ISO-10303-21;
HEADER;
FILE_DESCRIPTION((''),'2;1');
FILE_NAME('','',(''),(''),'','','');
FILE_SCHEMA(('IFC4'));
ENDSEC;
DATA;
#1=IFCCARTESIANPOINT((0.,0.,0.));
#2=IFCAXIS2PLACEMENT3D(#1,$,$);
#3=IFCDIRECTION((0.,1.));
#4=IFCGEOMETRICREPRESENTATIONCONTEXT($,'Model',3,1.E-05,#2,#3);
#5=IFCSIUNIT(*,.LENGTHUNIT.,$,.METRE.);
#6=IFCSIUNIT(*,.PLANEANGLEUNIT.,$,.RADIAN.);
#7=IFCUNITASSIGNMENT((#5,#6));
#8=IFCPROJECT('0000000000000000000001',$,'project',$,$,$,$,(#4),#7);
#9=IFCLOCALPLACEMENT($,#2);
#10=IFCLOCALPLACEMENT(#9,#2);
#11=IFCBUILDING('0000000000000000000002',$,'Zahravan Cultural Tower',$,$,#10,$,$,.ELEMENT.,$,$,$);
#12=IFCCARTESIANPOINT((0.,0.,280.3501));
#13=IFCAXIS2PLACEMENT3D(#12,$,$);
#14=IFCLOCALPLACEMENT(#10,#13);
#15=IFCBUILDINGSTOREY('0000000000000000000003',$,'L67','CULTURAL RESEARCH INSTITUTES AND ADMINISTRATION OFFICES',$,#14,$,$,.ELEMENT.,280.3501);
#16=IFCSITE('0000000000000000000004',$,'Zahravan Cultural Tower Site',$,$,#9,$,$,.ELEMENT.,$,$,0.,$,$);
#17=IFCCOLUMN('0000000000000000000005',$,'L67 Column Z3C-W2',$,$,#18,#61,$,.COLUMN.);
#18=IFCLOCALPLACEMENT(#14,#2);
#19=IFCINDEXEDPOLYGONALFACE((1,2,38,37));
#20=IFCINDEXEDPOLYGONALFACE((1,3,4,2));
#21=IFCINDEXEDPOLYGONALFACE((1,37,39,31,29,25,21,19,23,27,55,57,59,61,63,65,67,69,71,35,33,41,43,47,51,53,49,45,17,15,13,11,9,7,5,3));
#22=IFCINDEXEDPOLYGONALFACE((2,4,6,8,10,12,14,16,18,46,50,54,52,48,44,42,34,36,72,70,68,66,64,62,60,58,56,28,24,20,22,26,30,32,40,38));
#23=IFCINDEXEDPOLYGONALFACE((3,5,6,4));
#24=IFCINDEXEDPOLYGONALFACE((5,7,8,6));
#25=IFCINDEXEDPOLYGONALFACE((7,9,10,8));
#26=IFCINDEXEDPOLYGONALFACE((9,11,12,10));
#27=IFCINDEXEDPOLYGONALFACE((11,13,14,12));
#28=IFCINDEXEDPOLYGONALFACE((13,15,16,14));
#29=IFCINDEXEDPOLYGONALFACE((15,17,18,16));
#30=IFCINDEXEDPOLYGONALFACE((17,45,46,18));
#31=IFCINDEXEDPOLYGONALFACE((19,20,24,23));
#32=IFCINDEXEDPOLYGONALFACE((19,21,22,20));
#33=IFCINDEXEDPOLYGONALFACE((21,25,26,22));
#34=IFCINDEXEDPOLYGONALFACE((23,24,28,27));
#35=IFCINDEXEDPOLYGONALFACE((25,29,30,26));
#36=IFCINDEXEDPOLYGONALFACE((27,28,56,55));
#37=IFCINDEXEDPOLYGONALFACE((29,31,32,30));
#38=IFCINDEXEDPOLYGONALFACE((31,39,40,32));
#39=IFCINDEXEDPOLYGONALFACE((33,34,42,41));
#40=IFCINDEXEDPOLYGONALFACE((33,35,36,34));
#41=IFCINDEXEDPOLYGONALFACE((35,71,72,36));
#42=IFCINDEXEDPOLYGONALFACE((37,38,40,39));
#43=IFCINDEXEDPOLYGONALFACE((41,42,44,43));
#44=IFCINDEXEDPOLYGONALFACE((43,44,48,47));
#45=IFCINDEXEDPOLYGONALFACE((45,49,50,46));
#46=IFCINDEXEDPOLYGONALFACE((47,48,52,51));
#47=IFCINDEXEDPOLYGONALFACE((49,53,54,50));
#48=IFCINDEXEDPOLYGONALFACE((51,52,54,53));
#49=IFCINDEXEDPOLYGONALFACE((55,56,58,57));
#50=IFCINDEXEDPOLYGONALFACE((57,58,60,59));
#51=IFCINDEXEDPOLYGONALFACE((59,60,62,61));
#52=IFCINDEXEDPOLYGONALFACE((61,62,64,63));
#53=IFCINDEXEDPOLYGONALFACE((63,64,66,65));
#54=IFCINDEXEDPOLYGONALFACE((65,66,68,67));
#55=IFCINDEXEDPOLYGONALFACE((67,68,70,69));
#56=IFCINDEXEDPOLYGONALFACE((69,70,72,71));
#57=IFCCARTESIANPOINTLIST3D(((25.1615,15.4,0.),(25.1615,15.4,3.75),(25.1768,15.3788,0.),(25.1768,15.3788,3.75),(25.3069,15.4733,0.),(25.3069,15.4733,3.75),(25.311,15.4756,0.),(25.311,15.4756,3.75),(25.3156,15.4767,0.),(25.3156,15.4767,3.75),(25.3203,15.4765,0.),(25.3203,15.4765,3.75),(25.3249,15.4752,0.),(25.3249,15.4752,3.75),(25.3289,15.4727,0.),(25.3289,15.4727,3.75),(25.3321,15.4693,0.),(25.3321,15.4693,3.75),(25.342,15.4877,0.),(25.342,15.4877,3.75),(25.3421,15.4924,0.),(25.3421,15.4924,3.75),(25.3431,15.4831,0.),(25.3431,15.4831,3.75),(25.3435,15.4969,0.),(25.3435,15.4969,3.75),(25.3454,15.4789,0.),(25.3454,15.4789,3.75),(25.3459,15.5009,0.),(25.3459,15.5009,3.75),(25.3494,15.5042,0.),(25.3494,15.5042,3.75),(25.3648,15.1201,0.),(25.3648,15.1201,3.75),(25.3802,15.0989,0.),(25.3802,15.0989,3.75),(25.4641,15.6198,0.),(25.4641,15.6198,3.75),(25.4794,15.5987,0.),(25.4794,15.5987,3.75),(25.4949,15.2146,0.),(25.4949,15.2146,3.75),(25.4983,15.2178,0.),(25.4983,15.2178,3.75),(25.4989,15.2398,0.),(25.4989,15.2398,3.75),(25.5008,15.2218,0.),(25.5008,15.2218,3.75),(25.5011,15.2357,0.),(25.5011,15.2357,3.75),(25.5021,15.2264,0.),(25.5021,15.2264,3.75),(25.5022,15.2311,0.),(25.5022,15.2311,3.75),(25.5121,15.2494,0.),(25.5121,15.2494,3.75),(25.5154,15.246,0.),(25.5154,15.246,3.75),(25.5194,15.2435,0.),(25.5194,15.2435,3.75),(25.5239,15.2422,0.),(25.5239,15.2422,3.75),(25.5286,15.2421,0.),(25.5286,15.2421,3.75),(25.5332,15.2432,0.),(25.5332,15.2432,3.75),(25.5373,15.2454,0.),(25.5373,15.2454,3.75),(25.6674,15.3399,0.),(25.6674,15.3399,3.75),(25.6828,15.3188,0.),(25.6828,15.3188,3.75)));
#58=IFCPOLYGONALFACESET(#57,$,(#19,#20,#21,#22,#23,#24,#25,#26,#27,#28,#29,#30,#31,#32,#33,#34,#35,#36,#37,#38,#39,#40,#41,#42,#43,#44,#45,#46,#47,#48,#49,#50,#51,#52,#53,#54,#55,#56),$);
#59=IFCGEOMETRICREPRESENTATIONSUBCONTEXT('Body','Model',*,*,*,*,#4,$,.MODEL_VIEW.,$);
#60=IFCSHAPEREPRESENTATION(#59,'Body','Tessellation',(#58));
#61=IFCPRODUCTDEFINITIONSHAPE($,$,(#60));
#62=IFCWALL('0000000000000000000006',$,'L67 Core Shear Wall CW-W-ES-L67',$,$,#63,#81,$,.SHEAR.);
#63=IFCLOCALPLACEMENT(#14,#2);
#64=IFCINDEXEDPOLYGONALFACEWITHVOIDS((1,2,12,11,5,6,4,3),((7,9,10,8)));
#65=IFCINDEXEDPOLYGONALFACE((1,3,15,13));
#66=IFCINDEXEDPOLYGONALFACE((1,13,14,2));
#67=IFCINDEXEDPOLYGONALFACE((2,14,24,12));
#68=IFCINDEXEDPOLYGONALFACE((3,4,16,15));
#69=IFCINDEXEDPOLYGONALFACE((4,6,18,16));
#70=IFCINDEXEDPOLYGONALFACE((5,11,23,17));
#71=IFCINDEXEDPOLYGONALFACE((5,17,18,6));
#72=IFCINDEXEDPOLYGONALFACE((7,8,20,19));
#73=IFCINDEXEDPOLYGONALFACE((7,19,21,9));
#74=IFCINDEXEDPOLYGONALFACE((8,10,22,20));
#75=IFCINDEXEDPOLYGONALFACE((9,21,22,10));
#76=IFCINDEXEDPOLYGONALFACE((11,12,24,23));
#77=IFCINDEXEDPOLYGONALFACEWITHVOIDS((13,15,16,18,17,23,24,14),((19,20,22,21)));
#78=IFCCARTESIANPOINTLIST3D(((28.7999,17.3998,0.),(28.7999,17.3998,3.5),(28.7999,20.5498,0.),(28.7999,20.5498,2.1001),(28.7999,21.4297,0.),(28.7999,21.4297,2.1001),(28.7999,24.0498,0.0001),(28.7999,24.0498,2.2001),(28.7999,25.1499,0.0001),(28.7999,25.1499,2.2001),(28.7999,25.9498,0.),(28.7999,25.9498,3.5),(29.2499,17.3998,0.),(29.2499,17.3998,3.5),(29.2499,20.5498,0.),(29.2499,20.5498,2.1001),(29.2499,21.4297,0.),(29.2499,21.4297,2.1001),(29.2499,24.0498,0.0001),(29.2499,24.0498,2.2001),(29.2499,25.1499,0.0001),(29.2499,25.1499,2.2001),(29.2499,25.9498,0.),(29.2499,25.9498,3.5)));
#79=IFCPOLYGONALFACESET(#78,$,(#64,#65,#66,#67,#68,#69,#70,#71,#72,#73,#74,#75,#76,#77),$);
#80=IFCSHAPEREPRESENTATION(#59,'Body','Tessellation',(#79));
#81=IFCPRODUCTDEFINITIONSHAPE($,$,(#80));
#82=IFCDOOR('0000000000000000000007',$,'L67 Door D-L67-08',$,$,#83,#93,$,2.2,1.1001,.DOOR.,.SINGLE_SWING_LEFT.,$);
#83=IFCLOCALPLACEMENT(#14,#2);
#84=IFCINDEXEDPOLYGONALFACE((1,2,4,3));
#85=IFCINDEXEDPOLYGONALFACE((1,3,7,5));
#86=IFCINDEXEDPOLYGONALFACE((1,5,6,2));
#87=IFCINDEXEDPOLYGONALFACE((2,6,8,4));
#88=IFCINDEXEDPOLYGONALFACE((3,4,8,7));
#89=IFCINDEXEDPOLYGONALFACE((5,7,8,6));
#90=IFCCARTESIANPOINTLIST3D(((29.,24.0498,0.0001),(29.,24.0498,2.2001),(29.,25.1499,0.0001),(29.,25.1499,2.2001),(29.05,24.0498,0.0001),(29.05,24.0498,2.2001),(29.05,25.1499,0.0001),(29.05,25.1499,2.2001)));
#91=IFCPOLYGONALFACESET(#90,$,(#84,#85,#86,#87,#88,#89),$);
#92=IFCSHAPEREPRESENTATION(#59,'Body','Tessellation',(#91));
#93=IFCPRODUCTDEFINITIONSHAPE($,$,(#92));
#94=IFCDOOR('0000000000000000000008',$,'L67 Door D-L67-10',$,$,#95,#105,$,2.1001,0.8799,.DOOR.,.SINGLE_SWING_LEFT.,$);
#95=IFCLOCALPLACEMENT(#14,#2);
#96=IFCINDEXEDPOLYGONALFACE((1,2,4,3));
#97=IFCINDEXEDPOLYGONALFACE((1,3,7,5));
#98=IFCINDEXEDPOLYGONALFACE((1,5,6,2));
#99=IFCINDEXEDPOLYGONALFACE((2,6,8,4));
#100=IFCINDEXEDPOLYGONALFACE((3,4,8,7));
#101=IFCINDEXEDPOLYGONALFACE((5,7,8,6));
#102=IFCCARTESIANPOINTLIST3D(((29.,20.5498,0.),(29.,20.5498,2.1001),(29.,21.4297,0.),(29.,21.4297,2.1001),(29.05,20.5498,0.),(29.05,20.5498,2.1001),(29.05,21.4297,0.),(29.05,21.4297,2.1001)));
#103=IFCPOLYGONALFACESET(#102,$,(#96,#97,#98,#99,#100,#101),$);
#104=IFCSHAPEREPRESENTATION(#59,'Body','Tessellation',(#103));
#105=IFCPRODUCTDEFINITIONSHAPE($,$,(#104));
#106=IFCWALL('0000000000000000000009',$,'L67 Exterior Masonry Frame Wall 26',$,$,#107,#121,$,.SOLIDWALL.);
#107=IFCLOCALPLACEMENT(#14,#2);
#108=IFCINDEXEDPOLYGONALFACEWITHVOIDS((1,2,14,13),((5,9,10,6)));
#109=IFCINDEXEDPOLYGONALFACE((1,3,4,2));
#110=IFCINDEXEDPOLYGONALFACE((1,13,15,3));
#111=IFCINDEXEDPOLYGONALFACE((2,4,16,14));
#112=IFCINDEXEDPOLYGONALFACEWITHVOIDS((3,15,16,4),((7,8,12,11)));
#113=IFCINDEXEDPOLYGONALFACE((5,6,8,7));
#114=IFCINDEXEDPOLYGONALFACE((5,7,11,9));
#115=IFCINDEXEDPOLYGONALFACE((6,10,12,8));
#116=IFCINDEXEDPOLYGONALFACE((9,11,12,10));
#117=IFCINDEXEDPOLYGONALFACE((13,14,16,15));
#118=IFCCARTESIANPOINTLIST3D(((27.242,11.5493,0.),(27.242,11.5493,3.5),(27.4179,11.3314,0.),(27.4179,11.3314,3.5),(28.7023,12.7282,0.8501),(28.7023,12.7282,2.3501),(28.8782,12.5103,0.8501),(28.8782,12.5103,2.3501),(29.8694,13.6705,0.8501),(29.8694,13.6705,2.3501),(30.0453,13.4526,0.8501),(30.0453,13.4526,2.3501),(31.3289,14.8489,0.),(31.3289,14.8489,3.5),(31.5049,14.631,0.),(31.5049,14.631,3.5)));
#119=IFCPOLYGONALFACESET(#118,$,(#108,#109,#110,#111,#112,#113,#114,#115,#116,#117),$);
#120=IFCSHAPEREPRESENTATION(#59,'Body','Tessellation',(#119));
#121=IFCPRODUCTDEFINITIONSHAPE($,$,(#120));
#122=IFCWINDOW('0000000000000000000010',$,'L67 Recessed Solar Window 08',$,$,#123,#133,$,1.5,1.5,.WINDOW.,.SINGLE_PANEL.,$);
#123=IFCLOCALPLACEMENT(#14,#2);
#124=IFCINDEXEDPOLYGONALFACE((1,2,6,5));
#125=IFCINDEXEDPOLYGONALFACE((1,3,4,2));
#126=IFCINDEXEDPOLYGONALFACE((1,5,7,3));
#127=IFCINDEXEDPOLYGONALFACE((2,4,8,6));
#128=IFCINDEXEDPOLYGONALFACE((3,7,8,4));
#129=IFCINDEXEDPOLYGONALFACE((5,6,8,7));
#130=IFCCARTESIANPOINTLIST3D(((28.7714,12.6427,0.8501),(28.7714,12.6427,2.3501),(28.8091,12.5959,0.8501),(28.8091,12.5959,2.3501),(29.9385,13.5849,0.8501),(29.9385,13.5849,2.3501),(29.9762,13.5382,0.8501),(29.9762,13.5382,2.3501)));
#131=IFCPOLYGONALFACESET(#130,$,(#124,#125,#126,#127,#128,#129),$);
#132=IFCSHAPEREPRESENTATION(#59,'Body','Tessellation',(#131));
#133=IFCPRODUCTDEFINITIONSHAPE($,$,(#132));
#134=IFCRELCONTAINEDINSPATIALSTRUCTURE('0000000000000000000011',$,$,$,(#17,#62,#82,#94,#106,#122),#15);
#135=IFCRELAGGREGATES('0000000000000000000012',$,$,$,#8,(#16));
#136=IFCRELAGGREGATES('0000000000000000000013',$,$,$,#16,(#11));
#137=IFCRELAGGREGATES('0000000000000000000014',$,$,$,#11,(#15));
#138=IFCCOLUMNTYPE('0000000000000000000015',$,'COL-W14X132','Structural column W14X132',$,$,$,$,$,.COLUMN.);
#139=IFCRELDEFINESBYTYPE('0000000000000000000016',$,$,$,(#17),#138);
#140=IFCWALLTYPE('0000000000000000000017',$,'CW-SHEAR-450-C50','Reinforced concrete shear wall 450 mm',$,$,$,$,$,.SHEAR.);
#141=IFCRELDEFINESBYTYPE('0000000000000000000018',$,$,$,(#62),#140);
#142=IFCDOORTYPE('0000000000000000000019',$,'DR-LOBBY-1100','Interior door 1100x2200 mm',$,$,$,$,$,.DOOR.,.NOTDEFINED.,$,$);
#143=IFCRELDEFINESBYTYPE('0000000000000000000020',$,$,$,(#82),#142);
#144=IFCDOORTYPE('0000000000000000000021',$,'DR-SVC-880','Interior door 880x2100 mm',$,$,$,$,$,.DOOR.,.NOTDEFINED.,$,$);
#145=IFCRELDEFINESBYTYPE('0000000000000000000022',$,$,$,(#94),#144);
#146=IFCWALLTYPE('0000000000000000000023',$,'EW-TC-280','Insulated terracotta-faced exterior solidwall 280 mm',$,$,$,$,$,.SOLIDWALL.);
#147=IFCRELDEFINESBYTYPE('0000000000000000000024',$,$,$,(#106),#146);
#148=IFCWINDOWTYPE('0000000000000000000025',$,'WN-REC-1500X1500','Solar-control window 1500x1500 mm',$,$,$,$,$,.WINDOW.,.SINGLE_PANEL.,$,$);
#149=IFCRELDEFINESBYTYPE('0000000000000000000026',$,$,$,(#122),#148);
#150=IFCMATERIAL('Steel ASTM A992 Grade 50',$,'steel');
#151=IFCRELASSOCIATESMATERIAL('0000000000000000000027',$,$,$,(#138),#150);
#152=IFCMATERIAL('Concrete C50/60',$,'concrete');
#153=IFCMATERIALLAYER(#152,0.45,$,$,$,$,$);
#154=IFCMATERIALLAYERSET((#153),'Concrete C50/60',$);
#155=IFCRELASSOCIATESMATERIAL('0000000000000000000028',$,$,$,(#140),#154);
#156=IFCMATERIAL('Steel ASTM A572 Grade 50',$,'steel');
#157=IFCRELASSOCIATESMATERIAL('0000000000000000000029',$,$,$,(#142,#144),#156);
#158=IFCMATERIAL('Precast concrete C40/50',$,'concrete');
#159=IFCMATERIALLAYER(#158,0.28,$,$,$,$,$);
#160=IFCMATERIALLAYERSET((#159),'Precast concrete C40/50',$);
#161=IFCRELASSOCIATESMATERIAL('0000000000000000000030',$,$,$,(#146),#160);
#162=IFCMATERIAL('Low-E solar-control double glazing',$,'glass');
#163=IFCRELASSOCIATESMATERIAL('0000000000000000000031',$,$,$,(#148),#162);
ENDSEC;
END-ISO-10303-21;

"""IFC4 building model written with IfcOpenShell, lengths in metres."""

from ifc_helpers import new_model, si_unit, direction, frame, frame_2d, origin, origin_2d, place, context, subcontext, project, spatial, rectangle, i_section, extrude, source, transform, mapped, material, layer, layer_set, material_profile, profile_set, type_object, element, fill, save


model = new_model("IFC4")

# Units and contexts
model_context = context("Model", 3, precision=1e-05, world=origin(), true_north=direction((0.0, 1.0)))
body_context = subcontext(model_context, "Body", "Model", "MODEL_VIEW")
ifc_project = project(units=[si_unit("LENGTHUNIT", "METRE"), si_unit("PLANEANGLEUNIT", "RADIAN")], contexts=[model_context])

# Site, building, storey
site_placement = place(None, origin())
site = spatial("IfcSite", under=ifc_project, at=site_placement, Name="Zahravan Cultural Tower Site", CompositionType="ELEMENT", RefElevation=0.0)
building_placement = place(site_placement, origin())
building = spatial("IfcBuilding", under=site, at=building_placement, Name="Zahravan Cultural Tower", CompositionType="ELEMENT")
storey_placement = place(building_placement, frame((0.0, 0.0, 280.3501)))
storey = spatial("IfcBuildingStorey", under=building, at=storey_placement, Name="L67", Description="CULTURAL RESEARCH INSTITUTES AND ADMINISTRATION OFFICES", CompositionType="ELEMENT", Elevation=280.3501)

# Column
ifc_material_1 = material(Name="Steel ASTM A992 Grade 50", Category="steel")
ifc_material_profile = material_profile(ifc_material_1, i_section(OverallWidth=0.374, OverallDepth=0.3721, WebThickness=0.0164, FlangeThickness=0.0261, FilletRadius=0.0181, at=origin_2d()), Name="W14X132")
ifc_profile_set = profile_set([ifc_material_profile], Name="Steel ASTM A992 Grade 50")
column_type = type_object("IfcColumnType", Name="COL-W14X132", Description="Structural column W14X132", PredefinedType="COLUMN", material=ifc_profile_set)
shared_shape_1 = source(origin(), body_context, "Body", "SweptSolid", [
    extrude(i_section(OverallWidth=0.374, OverallDepth=0.3721, WebThickness=0.0164, FlangeThickness=0.0261, FilletRadius=0.0181, at=origin_2d()), origin(), (0.0, 0.0, 1.0), 3.75),
])
column_placement = place(storey_placement, frame((25.4221, 15.3594, 0.0), z_axis=(0.0, 0.0, 1.0), x_axis=(0.809017, 0.587785, 0.0)))
element("IfcColumn", 1, at=column_placement, inside=storey, type_object=column_type, Name="L67 Column Z3C-W2", PredefinedType="COLUMN", context=body_context, shape_type="MappedRepresentation", body=[
    mapped(shared_shape_1, transform((0.0, 0.0, 0.0), x_axis=(1.0, 0.0, 0.0), y_axis=(0.0, 1.0, 0.0), z_axis=(0.0, 0.0, 1.0), scale=1.0)),
])

# Wall, openings, doors
ifc_material_2 = material(Name="Concrete C50/60", Category="concrete")
ifc_layer_1 = layer(ifc_material_2, 0.45)
ifc_layer_set_1 = layer_set([ifc_layer_1], Name="Concrete C50/60")
wall_type_1 = type_object("IfcWallType", Name="CW-SHEAR-450-C50", Description="Reinforced concrete shear wall 450 mm", PredefinedType="SHEAR", material=ifc_layer_set_1)
wall_1_placement = place(storey_placement, frame((29.0249, 17.3999, 0.0), z_axis=(0.0, 0.0, 1.0), x_axis=(0.0, 1.0, 0.0)))
wall_1 = element("IfcWall", 2, at=wall_1_placement, inside=storey, type_object=wall_type_1, Name="L67 Core Shear Wall CW-W-ES-L67", PredefinedType="SHEAR", context=body_context, shape_type="SweptSolid", body=[
    extrude(rectangle(XDim=8.55, YDim=0.45, at=frame_2d((4.2749, 0.0))), origin(), (0.0, 0.0, 1.0), 3.5),
])
opening_1_placement = place(wall_1_placement, frame((6.6499, 0.0, 0.0)))
opening_1 = element("IfcOpeningElement", 3, at=opening_1_placement, cuts=wall_1, PredefinedType="OPENING", context=body_context, shape_type="SweptSolid", body=[
    extrude(rectangle(XDim=1.1001, YDim=2.2, at=frame_2d((0.55, 1.1001))), frame((0.0, 0.2349, 0.0), z_axis=(0.0, -1.0, 0.0), x_axis=(1.0, 0.0, 0.0)), (0.0, 0.0, 1.0), 0.47),
])
opening_2_placement = place(wall_1_placement, frame((3.1499, 0.0, 0.0)))
opening_2 = element("IfcOpeningElement", 4, at=opening_2_placement, cuts=wall_1, PredefinedType="OPENING", context=body_context, shape_type="SweptSolid", body=[
    extrude(rectangle(XDim=0.8799, YDim=2.1001, at=frame_2d((0.4399, 1.05))), frame((0.0, 0.2349, 0.0), z_axis=(0.0, -1.0, 0.0), x_axis=(1.0, 0.0, 0.0)), (0.0, 0.0, 1.0), 0.47),
])
ifc_material_3 = material(Name="Steel ASTM A572 Grade 50", Category="steel")
door_type_1 = type_object("IfcDoorType", Name="DR-LOBBY-1100", Description="Interior door 1100x2200 mm", OperationType="NOTDEFINED", PredefinedType="DOOR", material=ifc_material_3)
shared_shape_2 = source(origin(), body_context, "Body", "SweptSolid", [
    extrude(rectangle(XDim=1.1001, YDim=2.2, at=frame_2d((0.55, 1.1001))), frame((0.0, 0.0249, 0.0), z_axis=(0.0, -1.0, 0.0), x_axis=(1.0, 0.0, 0.0)), (0.0, 0.0, 1.0), 0.05),
])
door_1_placement = place(opening_1_placement, origin())
door_1 = element("IfcDoor", 5, at=door_1_placement, inside=storey, type_object=door_type_1, Name="L67 Door D-L67-08", OperationType="SINGLE_SWING_LEFT", OverallHeight=2.2, OverallWidth=1.1001, PredefinedType="DOOR", context=body_context, shape_type="MappedRepresentation", body=[
    mapped(shared_shape_2, transform((0.0, 0.0, 0.0), x_axis=(1.0, 0.0, 0.0), y_axis=(0.0, 1.0, 0.0), z_axis=(0.0, 0.0, 1.0), scale=1.0)),
])
fill(opening_1, door_1)
door_type_2 = type_object("IfcDoorType", Name="DR-SVC-880", Description="Interior door 880x2100 mm", OperationType="NOTDEFINED", PredefinedType="DOOR", material=ifc_material_3)
shared_shape_3 = source(origin(), body_context, "Body", "SweptSolid", [
    extrude(rectangle(XDim=0.8799, YDim=2.1001, at=frame_2d((0.4399, 1.05))), frame((0.0, 0.0249, 0.0), z_axis=(0.0, -1.0, 0.0), x_axis=(1.0, 0.0, 0.0)), (0.0, 0.0, 1.0), 0.05),
])
door_2_placement = place(opening_2_placement, origin())
door_2 = element("IfcDoor", 6, at=door_2_placement, inside=storey, type_object=door_type_2, Name="L67 Door D-L67-10", OperationType="SINGLE_SWING_LEFT", OverallHeight=2.1001, OverallWidth=0.8799, PredefinedType="DOOR", context=body_context, shape_type="MappedRepresentation", body=[
    mapped(shared_shape_3, transform((0.0, 0.0, 0.0), x_axis=(1.0, 0.0, 0.0), y_axis=(0.0, 1.0, 0.0), z_axis=(0.0, 0.0, 1.0), scale=1.0)),
])
fill(opening_2, door_2)

# Wall, opening, window
ifc_material_4 = material(Name="Precast concrete C40/50", Category="concrete")
ifc_layer_2 = layer(ifc_material_4, 0.28)
ifc_layer_set_2 = layer_set([ifc_layer_2], Name="Precast concrete C40/50")
wall_type_2 = type_object("IfcWallType", Name="EW-TC-280", Description="Insulated terracotta-faced exterior solidwall 280 mm", PredefinedType="SOLIDWALL", material=ifc_layer_set_2)
wall_2_placement = place(storey_placement, frame((31.417, 14.74, 0.0), z_axis=(0.0, 0.0, 1.0), x_axis=(-0.778072, -0.628175, 0.0)))
wall_2 = element("IfcWall", 7, at=wall_2_placement, inside=storey, type_object=wall_type_2, Name="L67 Exterior Masonry Frame Wall 26", PredefinedType="SOLIDWALL", context=body_context, shape_type="SweptSolid", body=[
    extrude(rectangle(XDim=5.2527, YDim=0.28, at=frame_2d((2.6265, 0.0))), origin(), (0.0, 0.0, 1.0), 3.5),
])
opening_3_placement = place(wall_2_placement, frame((1.876, 0.0, 0.8501)))
opening_3 = element("IfcOpeningElement", 8, at=opening_3_placement, cuts=wall_2, PredefinedType="OPENING", context=body_context, shape_type="SweptSolid", body=[
    extrude(rectangle(XDim=1.5, YDim=1.5, at=frame_2d((0.75, 0.75))), frame((0.0, 0.1499, 0.0), z_axis=(0.0, -1.0, 0.0), x_axis=(1.0, 0.0, 0.0)), (0.0, 0.0, 1.0), 0.3),
])
ifc_material_5 = material(Name="Low-E solar-control double glazing", Category="glass")
window_type = type_object("IfcWindowType", Name="WN-REC-1500X1500", Description="Solar-control window 1500x1500 mm", PartitioningType="SINGLE_PANEL", PredefinedType="WINDOW", material=ifc_material_5)
shared_shape_4 = source(origin(), body_context, "Body", "SweptSolid", [
    extrude(rectangle(XDim=1.5, YDim=1.5, at=frame_2d((0.75, 0.75))), frame((0.0, 0.03, 0.0), z_axis=(0.0, -1.0, 0.0), x_axis=(1.0, 0.0, 0.0)), (0.0, 0.0, 1.0), 0.0601),
])
window_placement = place(opening_3_placement, origin())
window = element("IfcWindow", 9, at=window_placement, inside=storey, type_object=window_type, Name="L67 Recessed Solar Window 08", OverallHeight=1.5, OverallWidth=1.5, PartitioningType="SINGLE_PANEL", PredefinedType="WINDOW", context=body_context, shape_type="MappedRepresentation", body=[
    mapped(shared_shape_4, transform((0.0, 0.0, 0.0), x_axis=(1.0, 0.0, 0.0), y_axis=(0.0, 1.0, 0.0), z_axis=(0.0, 0.0, 1.0), scale=1.0)),
])
fill(opening_3, window)

save(model, "model.ifc")
